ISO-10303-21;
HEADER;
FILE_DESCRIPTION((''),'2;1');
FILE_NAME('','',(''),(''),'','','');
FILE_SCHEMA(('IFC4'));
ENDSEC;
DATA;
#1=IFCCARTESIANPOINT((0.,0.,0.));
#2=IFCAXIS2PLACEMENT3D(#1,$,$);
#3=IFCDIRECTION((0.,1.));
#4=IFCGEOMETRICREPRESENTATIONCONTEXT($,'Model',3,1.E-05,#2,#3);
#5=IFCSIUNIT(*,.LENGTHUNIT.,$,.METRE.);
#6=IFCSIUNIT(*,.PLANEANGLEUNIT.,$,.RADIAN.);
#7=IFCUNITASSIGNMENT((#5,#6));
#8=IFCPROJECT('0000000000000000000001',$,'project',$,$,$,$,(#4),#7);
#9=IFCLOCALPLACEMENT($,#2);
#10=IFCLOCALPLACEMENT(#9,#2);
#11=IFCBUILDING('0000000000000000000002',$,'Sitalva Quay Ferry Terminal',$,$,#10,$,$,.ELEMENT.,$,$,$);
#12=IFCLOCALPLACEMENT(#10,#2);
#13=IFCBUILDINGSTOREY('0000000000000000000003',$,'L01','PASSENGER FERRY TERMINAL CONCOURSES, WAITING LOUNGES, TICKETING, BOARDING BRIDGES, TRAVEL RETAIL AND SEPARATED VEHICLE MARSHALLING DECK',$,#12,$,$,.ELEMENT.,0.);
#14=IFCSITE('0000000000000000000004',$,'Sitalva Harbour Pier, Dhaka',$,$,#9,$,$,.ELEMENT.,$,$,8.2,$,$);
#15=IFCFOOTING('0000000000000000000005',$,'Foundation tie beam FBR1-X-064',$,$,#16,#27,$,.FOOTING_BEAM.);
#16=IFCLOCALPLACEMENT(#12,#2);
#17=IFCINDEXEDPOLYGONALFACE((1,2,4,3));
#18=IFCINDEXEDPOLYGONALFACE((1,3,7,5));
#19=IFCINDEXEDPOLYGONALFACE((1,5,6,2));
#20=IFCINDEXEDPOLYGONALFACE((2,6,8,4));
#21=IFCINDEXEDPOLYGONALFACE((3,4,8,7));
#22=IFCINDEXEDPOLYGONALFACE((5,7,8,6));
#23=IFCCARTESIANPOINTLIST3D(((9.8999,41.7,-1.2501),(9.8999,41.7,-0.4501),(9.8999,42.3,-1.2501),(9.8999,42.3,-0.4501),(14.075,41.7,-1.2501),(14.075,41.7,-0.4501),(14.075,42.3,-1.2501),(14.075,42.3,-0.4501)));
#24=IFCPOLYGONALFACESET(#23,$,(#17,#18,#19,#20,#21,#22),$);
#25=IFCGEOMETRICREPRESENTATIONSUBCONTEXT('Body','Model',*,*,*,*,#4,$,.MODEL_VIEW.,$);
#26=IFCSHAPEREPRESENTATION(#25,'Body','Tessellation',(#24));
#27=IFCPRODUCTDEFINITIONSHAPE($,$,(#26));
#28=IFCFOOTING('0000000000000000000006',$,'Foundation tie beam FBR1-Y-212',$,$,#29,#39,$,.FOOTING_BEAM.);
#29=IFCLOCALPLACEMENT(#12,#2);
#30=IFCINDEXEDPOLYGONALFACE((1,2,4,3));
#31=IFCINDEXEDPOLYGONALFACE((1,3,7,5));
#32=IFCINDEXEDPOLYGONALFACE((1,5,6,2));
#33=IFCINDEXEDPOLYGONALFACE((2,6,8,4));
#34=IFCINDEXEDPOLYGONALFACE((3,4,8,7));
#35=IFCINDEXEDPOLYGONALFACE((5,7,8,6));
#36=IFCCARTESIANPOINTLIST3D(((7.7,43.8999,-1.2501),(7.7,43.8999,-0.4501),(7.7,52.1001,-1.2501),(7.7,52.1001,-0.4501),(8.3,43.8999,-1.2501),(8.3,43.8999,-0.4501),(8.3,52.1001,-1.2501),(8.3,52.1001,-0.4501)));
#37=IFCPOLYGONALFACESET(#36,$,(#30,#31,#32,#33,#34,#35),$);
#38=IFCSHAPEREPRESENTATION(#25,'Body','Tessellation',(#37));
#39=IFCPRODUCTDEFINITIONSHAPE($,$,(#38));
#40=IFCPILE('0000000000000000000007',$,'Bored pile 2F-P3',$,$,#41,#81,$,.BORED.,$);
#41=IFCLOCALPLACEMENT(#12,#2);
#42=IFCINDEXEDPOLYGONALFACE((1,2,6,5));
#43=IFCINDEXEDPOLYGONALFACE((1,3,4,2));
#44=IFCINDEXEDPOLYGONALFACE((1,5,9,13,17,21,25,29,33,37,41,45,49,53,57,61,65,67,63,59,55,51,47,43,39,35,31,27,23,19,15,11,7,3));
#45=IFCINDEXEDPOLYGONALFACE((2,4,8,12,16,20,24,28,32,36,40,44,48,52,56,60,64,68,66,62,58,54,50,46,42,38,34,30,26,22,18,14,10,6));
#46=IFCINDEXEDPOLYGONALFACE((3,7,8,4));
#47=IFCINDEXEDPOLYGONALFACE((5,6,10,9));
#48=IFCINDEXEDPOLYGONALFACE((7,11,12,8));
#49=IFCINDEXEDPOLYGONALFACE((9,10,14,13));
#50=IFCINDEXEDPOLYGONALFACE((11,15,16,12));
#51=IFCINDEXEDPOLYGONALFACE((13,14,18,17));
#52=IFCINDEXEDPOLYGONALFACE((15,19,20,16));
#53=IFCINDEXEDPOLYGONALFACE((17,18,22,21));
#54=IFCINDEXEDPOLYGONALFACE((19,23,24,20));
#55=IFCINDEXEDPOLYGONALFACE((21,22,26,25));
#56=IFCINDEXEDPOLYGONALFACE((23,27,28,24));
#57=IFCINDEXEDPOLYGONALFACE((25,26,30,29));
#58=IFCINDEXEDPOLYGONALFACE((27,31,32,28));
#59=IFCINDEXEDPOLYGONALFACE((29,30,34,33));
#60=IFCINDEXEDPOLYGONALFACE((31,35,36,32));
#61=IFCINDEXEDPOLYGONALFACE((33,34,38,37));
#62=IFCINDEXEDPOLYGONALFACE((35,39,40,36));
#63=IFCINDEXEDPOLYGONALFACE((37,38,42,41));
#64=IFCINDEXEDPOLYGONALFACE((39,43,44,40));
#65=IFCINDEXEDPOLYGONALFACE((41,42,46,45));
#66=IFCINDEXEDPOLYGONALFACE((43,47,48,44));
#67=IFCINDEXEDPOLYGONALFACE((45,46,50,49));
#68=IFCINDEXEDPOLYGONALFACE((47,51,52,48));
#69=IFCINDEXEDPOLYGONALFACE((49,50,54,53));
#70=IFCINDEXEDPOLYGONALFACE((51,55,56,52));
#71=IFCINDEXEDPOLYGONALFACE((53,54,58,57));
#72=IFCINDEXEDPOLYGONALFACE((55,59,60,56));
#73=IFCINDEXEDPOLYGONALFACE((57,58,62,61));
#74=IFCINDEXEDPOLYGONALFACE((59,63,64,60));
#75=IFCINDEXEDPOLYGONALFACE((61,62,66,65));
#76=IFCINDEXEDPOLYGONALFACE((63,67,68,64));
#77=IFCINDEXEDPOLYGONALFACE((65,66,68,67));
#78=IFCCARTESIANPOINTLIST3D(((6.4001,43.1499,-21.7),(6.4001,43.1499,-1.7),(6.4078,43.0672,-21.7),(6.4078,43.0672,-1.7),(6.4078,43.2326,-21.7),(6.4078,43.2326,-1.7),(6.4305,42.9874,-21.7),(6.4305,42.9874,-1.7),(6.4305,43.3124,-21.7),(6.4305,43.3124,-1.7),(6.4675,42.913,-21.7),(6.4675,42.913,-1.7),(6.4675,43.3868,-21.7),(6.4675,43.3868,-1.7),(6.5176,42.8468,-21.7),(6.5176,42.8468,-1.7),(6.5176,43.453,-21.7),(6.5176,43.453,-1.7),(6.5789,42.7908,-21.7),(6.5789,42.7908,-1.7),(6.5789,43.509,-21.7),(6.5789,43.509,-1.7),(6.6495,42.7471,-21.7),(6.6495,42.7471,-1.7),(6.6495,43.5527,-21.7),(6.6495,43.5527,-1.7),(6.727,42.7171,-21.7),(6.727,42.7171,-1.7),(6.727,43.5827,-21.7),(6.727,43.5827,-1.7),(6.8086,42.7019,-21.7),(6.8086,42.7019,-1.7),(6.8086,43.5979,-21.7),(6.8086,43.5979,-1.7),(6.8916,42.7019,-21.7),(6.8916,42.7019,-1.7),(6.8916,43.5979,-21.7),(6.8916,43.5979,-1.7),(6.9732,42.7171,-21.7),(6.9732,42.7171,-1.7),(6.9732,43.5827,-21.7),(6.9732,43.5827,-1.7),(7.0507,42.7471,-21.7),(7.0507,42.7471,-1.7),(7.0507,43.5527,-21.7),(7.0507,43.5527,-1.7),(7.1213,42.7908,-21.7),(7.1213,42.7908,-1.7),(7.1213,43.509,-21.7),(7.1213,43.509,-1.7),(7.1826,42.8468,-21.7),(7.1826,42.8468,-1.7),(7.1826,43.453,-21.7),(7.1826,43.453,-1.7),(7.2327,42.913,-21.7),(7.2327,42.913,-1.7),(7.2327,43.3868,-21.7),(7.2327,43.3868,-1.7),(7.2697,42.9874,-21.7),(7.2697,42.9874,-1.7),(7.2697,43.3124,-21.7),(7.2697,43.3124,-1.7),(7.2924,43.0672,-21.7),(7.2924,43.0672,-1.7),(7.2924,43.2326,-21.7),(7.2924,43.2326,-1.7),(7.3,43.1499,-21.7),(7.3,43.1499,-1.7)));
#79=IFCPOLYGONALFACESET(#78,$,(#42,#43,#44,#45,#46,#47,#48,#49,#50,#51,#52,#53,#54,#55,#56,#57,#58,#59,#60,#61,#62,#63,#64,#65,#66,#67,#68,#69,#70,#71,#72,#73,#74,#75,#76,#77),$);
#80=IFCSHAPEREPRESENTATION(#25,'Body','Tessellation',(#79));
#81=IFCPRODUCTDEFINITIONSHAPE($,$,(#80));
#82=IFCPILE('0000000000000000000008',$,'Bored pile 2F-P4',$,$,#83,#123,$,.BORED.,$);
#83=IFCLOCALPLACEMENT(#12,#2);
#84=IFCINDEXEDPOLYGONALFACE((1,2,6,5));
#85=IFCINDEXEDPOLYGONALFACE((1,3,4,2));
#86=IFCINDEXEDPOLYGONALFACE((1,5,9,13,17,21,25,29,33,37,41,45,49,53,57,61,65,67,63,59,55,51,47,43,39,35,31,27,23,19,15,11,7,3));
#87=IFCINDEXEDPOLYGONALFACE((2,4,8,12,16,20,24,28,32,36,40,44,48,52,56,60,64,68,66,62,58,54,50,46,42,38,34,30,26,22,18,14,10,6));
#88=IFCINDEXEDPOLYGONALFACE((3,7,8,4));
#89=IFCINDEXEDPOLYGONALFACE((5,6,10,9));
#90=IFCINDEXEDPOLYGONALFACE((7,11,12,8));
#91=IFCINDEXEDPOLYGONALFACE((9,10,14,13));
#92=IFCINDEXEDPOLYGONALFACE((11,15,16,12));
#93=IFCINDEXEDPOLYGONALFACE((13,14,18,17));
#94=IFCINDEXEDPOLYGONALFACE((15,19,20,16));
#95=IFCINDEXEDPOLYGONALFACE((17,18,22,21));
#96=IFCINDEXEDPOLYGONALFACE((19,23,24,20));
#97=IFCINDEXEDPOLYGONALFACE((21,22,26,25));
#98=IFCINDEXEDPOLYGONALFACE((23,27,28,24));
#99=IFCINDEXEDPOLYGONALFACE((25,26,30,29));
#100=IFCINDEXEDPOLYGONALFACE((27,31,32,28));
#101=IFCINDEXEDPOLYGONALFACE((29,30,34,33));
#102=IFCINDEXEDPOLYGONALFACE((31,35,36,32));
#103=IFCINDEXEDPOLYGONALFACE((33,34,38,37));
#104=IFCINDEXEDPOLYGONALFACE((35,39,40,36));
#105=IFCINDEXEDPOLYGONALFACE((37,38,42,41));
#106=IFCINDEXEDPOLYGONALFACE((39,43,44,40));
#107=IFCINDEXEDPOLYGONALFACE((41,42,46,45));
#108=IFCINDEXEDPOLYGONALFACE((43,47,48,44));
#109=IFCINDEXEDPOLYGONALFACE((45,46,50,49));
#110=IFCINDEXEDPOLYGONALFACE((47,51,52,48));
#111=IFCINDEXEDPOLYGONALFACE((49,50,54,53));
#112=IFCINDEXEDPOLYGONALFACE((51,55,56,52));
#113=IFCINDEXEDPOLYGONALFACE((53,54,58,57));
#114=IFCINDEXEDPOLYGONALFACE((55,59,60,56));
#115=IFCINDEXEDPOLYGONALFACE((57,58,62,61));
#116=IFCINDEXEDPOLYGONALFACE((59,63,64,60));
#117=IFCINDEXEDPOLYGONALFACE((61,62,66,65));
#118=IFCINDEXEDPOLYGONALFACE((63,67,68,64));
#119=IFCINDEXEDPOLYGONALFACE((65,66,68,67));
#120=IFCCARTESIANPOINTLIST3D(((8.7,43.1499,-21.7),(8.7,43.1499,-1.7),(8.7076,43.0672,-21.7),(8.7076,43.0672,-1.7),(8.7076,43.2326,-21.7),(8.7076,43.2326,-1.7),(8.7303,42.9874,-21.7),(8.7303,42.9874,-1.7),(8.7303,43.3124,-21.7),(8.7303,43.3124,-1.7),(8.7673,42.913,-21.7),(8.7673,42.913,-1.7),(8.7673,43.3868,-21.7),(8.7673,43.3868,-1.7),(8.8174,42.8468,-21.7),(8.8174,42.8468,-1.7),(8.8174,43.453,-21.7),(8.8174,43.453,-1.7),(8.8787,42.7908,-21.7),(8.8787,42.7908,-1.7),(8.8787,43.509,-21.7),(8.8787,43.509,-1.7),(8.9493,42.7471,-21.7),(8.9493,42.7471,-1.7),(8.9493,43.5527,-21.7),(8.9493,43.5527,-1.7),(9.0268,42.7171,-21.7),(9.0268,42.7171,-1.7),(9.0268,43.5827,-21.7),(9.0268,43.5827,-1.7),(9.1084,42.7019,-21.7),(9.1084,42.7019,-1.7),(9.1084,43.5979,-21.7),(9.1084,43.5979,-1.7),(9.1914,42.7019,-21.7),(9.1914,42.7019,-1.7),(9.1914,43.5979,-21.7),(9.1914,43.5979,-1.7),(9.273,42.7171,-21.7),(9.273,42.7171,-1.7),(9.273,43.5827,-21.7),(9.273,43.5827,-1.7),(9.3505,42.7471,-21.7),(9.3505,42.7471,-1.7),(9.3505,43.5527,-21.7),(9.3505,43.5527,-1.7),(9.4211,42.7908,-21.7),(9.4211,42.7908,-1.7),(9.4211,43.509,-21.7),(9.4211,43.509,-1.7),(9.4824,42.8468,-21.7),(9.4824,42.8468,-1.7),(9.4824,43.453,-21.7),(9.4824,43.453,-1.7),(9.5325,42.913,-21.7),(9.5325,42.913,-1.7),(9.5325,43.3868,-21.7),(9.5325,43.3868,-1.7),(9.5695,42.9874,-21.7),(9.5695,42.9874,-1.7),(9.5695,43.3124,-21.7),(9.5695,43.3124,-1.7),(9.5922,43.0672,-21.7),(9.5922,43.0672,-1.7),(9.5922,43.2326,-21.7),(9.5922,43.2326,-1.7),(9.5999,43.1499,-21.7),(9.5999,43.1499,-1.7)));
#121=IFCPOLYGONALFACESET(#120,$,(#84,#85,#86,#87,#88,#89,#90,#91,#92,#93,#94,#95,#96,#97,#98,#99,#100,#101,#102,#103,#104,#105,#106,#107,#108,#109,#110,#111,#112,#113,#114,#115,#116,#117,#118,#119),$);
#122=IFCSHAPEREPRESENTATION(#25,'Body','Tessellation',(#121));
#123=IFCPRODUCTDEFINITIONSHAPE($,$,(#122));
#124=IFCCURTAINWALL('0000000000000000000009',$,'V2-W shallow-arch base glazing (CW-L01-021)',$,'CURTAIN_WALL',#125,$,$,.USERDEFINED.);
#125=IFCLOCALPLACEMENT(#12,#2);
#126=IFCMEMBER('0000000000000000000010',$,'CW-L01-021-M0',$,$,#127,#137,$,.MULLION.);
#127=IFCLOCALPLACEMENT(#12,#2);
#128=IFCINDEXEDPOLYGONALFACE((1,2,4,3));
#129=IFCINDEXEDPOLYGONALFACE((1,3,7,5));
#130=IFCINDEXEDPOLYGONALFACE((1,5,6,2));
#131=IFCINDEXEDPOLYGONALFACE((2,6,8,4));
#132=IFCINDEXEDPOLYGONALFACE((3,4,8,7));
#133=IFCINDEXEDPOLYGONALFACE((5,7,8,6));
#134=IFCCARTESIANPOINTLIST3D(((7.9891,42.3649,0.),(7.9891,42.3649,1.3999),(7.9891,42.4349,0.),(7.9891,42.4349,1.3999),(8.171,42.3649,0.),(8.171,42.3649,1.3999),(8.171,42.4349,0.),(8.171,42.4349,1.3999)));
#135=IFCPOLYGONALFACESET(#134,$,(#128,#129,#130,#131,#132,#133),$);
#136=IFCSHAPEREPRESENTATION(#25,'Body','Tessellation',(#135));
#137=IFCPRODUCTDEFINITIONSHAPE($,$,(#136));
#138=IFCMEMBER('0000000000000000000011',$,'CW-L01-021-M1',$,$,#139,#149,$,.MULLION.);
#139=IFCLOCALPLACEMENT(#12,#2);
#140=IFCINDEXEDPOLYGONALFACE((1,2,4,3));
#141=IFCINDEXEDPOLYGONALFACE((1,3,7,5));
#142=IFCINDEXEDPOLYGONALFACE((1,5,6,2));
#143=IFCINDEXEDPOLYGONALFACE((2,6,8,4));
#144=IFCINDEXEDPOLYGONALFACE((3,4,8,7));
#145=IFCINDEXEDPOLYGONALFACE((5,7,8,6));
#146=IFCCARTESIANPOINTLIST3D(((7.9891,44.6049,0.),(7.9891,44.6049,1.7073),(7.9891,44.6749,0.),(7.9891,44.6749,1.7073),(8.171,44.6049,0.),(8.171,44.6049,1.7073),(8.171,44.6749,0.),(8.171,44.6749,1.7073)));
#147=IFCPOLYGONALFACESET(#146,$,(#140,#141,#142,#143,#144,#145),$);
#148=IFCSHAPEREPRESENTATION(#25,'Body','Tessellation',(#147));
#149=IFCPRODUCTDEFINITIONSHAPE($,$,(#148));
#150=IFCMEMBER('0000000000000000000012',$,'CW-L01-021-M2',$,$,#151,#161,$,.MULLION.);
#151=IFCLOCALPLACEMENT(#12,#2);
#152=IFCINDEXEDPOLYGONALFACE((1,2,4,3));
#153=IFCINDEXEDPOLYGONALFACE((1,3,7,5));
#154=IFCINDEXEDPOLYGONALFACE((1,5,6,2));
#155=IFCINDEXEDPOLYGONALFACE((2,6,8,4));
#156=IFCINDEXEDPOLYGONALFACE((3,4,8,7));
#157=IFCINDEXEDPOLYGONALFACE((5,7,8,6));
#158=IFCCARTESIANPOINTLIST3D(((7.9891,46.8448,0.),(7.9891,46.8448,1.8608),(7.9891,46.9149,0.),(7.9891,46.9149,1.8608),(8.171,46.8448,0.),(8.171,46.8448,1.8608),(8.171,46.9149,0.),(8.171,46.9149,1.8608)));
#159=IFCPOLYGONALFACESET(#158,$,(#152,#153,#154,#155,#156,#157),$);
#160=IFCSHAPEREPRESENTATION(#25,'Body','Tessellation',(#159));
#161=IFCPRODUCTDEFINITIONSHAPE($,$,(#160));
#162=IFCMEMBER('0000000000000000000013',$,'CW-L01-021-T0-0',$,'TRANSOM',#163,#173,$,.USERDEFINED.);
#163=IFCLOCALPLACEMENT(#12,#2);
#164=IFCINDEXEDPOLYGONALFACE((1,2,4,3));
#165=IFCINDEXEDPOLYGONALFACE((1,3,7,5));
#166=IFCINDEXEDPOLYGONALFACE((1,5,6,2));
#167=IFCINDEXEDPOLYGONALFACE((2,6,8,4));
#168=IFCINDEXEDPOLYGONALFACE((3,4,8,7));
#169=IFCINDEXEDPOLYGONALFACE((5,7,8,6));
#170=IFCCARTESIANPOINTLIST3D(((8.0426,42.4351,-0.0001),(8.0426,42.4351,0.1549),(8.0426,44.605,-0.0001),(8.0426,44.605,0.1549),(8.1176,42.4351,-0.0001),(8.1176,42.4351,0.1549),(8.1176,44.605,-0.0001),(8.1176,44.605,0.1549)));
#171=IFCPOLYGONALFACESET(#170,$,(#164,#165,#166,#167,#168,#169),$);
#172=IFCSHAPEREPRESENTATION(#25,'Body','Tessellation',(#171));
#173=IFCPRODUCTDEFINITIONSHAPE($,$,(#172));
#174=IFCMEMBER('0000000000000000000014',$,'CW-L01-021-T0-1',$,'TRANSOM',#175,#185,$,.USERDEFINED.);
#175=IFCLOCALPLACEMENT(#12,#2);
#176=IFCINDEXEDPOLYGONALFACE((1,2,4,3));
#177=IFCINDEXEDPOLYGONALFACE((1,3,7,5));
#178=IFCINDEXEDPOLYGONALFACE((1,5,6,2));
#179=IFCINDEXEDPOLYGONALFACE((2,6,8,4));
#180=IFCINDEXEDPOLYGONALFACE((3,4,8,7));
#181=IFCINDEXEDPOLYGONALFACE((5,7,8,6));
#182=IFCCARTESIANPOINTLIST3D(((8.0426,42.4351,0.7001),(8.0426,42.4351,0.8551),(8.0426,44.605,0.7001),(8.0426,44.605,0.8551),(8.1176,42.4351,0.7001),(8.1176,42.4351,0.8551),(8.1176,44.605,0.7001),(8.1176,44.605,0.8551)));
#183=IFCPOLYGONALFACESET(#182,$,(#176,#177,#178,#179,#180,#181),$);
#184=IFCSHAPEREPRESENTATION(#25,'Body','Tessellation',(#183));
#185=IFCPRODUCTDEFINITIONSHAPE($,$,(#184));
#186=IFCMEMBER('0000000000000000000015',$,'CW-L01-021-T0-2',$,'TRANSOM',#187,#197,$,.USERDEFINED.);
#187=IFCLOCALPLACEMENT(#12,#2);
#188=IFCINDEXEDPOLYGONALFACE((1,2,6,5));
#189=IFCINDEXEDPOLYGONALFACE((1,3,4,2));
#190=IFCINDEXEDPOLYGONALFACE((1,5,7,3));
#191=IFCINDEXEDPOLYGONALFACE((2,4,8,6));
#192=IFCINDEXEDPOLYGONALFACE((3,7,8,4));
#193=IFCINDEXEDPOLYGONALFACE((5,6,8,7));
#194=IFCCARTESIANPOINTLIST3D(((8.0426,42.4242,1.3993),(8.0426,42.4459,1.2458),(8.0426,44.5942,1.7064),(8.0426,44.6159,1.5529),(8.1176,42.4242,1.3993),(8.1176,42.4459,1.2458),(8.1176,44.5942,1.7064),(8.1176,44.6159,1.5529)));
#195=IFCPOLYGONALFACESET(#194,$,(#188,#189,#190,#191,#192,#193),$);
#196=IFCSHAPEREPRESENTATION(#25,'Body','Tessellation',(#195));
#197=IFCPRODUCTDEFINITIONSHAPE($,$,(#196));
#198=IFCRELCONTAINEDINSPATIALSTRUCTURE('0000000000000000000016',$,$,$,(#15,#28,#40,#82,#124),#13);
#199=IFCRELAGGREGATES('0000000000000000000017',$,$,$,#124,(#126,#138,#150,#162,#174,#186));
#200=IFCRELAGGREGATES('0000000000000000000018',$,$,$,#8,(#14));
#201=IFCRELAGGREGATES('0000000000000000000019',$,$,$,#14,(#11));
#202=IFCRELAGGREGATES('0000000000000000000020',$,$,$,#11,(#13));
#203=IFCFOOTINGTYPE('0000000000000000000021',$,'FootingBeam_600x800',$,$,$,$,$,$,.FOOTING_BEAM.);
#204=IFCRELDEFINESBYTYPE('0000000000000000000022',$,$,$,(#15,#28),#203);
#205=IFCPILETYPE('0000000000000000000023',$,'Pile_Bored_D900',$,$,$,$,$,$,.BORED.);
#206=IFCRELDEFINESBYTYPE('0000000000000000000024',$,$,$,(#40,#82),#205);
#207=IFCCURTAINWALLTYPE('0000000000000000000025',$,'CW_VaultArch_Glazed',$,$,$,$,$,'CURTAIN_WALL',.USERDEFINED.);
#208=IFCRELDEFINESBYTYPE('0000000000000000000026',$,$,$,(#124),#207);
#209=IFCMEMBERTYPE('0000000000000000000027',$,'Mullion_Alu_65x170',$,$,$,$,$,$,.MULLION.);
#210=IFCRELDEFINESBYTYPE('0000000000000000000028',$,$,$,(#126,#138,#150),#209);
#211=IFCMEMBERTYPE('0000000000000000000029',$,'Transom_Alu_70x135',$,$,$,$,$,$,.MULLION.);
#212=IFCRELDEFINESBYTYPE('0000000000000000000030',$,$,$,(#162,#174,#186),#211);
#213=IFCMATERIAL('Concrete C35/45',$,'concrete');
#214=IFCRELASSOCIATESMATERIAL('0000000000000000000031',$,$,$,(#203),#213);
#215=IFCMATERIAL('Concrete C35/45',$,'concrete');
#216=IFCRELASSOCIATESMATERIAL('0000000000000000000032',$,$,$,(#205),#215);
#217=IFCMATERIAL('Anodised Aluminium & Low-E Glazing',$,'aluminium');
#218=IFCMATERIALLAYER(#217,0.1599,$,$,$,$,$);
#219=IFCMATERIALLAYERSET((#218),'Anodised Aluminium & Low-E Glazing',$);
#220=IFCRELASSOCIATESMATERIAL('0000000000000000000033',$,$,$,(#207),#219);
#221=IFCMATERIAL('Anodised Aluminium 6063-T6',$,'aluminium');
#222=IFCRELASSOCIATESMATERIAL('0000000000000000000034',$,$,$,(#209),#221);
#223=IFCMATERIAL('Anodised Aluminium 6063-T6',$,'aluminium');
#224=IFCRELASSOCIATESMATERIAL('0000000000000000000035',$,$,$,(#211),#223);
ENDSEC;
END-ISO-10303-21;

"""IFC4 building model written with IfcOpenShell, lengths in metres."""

from ifc_helpers import new_model, si_unit, direction, frame, origin, origin_2d, place, context, subcontext, project, spatial, rectangle, circle, extrude, material, layer, layer_set, material_profile, profile_set, type_object, element, aggregate, save


model = new_model("IFC4")

# Units and contexts
model_context = context("Model", 3, precision=1e-05, world=origin(), true_north=direction((0.0, 1.0)))
body_context = subcontext(model_context, "Body", "Model", "MODEL_VIEW")
ifc_project = project(units=[si_unit("LENGTHUNIT", "METRE"), si_unit("PLANEANGLEUNIT", "RADIAN")], contexts=[model_context])

# Site, building, storey
site_placement = place(None, origin())
site = spatial("IfcSite", under=ifc_project, at=site_placement, Name="Sitalva Harbour Pier, Dhaka", CompositionType="ELEMENT", RefElevation=8.2)
building_placement = place(site_placement, origin())
building = spatial("IfcBuilding", under=site, at=building_placement, Name="Sitalva Quay Ferry Terminal", CompositionType="ELEMENT")
storey_placement = place(building_placement, origin())
storey = spatial("IfcBuildingStorey", under=building, at=storey_placement, Name="L01", Description="PASSENGER FERRY TERMINAL CONCOURSES, WAITING LOUNGES, TICKETING, BOARDING BRIDGES, TRAVEL RETAIL AND SEPARATED VEHICLE MARSHALLING DECK", CompositionType="ELEMENT", Elevation=0.0)

# Footings
ifc_material_1 = material(Name="Concrete C35/45", Category="concrete")
ifc_material_profile_1 = material_profile(ifc_material_1, rectangle(XDim=0.6001, YDim=0.8, at=origin_2d()), Name="RC600x800")
ifc_profile_set_1 = profile_set([ifc_material_profile_1], Name="Concrete C35/45")
footing_type = type_object("IfcFootingType", Name="FootingBeam_600x800", PredefinedType="FOOTING_BEAM", material=ifc_profile_set_1)
footing_1_placement = place(storey_placement, frame((9.8999, 42.0, -0.8501), z_axis=(1.0, 0.0, 0.0), x_axis=(0.0, 1.0, 0.0)))
element("IfcFooting", 1, at=footing_1_placement, inside=storey, type_object=footing_type, Name="Foundation tie beam FBR1-X-064", PredefinedType="FOOTING_BEAM", context=body_context, shape_type="SweptSolid", body=[
    extrude(rectangle(XDim=0.6001, YDim=0.8, at=origin_2d()), origin(), (0.0, 0.0, 1.0), 4.175),
])
footing_2_placement = place(storey_placement, frame((8.0, 43.8999, -0.8501), z_axis=(0.0, 1.0, 0.0), x_axis=(-1.0, 0.0, 0.0)))
element("IfcFooting", 2, at=footing_2_placement, inside=storey, type_object=footing_type, Name="Foundation tie beam FBR1-Y-212", PredefinedType="FOOTING_BEAM", context=body_context, shape_type="SweptSolid", body=[
    extrude(rectangle(XDim=0.6001, YDim=0.8, at=origin_2d()), origin(), (0.0, 0.0, 1.0), 8.2002),
])

# Piles
ifc_material_2 = material(Name="Concrete C35/45", Category="concrete")
ifc_material_profile_2 = material_profile(ifc_material_2, circle(Radius=0.45, at=origin_2d()), Name="PILE-D900")
ifc_profile_set_2 = profile_set([ifc_material_profile_2], Name="Concrete C35/45")
pile_type = type_object("IfcPileType", Name="Pile_Bored_D900", PredefinedType="BORED", material=ifc_profile_set_2)
for number, where, z_axis, x_axis, name in (
    (3, (6.8501, 43.1499, -1.7), (0.0, 0.0, -1.0), (1.0, 0.0, 0.0), "Bored pile 2F-P3"),
    (4, (9.1499, 43.1499, -1.7), (0.0, 0.0, -1.0), (1.0, 0.0, 0.0), "Bored pile 2F-P4"),
):
    element("IfcPile", number, at=place(storey_placement, frame(where, z_axis=z_axis, x_axis=x_axis)), inside=storey, type_object=pile_type, Name=name, PredefinedType="BORED", context=body_context, shape_type="SweptSolid", body=[
        extrude(circle(Radius=0.45, at=origin_2d()), origin(), (0.0, 0.0, 1.0), 20.0),
    ])

# Curtain wall, members
ifc_material_3 = material(Name="Anodised Aluminium & Low-E Glazing", Category="aluminium")
ifc_layer_1 = layer(ifc_material_3, 0.1599)
ifc_layer_set_1 = layer_set([ifc_layer_1], Name="Anodised Aluminium & Low-E Glazing")
curtain_wall_type = type_object("IfcCurtainWallType", Name="CW_VaultArch_Glazed", ElementType="CURTAIN_WALL", PredefinedType="USERDEFINED", material=ifc_layer_set_1)
curtain_wall_placement = place(storey_placement, origin())
curtain_wall = element("IfcCurtainWall", 5, at=curtain_wall_placement, inside=storey, type_object=curtain_wall_type, Name="V2-W shallow-arch base glazing (CW-L01-021)", ObjectType="CURTAIN_WALL", PredefinedType="USERDEFINED")
ifc_material_4 = material(Name="Anodised Aluminium 6063-T6", Category="aluminium")
ifc_material_profile_3 = material_profile(ifc_material_4, rectangle(XDim=0.0701, YDim=0.1819, at=origin_2d()), Name="ALU70x182")
ifc_profile_set_3 = profile_set([ifc_material_profile_3], Name="Anodised Aluminium 6063-T6")
member_type_1 = type_object("IfcMemberType", Name="Mullion_Alu_65x170", PredefinedType="MULLION", material=ifc_profile_set_3)
member_1_placement = place(storey_placement, frame((8.0801, 42.3999, 0.0), z_axis=(0.0, 0.0, 1.0), x_axis=(0.0, 1.0, 0.0)))
member_1 = element("IfcMember", 6, at=member_1_placement, type_object=member_type_1, Name="CW-L01-021-M0", PredefinedType="MULLION", context=body_context, shape_type="SweptSolid", body=[
    extrude(rectangle(XDim=0.0701, YDim=0.1819, at=origin_2d()), origin(), (0.0, 0.0, 1.0), 1.3999),
])
member_2_placement = place(storey_placement, frame((8.0801, 44.6399, 0.0), z_axis=(0.0, 0.0, 1.0), x_axis=(0.0, 1.0, 0.0)))
member_2 = element("IfcMember", 7, at=member_2_placement, type_object=member_type_1, Name="CW-L01-021-M1", PredefinedType="MULLION", context=body_context, shape_type="SweptSolid", body=[
    extrude(rectangle(XDim=0.0701, YDim=0.1819, at=origin_2d()), origin(), (0.0, 0.0, 1.0), 1.7073),
])
member_3_placement = place(storey_placement, frame((8.0801, 46.8799, 0.0), z_axis=(0.0, 0.0, 1.0), x_axis=(0.0, 1.0, 0.0)))
member_3 = element("IfcMember", 8, at=member_3_placement, type_object=member_type_1, Name="CW-L01-021-M2", PredefinedType="MULLION", context=body_context, shape_type="SweptSolid", body=[
    extrude(rectangle(XDim=0.0701, YDim=0.1819, at=origin_2d()), origin(), (0.0, 0.0, 1.0), 1.8608),
])
ifc_material_5 = material(Name="Anodised Aluminium 6063-T6", Category="aluminium")
ifc_material_profile_4 = material_profile(ifc_material_5, rectangle(XDim=0.075, YDim=0.155, at=origin_2d()), Name="ALU75x155")
ifc_profile_set_4 = profile_set([ifc_material_profile_4], Name="Anodised Aluminium 6063-T6")
member_type_2 = type_object("IfcMemberType", Name="Transom_Alu_70x135", PredefinedType="MULLION", material=ifc_profile_set_4)
member_4_placement = place(storey_placement, frame((8.0801, 42.4351, 0.0774), z_axis=(0.0, 1.0, 0.0), x_axis=(-1.0, 0.0, 0.0)))
member_4 = element("IfcMember", 9, at=member_4_placement, type_object=member_type_2, Name="CW-L01-021-T0-0", ObjectType="TRANSOM", PredefinedType="USERDEFINED", context=body_context, shape_type="SweptSolid", body=[
    extrude(rectangle(XDim=0.075, YDim=0.155, at=origin_2d()), origin(), (0.0, 0.0, 1.0), 2.1699),
])
member_5_placement = place(storey_placement, frame((8.0801, 42.4351, 0.7776), z_axis=(0.0, 1.0, 0.0), x_axis=(-1.0, 0.0, 0.0)))
member_5 = element("IfcMember", 10, at=member_5_placement, type_object=member_type_2, Name="CW-L01-021-T0-1", ObjectType="TRANSOM", PredefinedType="USERDEFINED", context=body_context, shape_type="SweptSolid", body=[
    extrude(rectangle(XDim=0.075, YDim=0.155, at=origin_2d()), origin(), (0.0, 0.0, 1.0), 2.1699),
])
member_6_placement = place(storey_placement, frame((8.0801, 42.4351, 1.3225), z_axis=(0.0, 0.990131, 0.140142), x_axis=(-1.0, 0.0, 0.0)))
member_6 = element("IfcMember", 11, at=member_6_placement, type_object=member_type_2, Name="CW-L01-021-T0-2", ObjectType="TRANSOM", PredefinedType="USERDEFINED", context=body_context, shape_type="SweptSolid", body=[
    extrude(rectangle(XDim=0.075, YDim=0.155, at=origin_2d()), origin(), (0.0, 0.0, 1.0), 2.1917),
])
aggregate(curtain_wall, [member_1, member_2, member_3, member_4, member_5, member_6])

save(model, "model.ifc")
